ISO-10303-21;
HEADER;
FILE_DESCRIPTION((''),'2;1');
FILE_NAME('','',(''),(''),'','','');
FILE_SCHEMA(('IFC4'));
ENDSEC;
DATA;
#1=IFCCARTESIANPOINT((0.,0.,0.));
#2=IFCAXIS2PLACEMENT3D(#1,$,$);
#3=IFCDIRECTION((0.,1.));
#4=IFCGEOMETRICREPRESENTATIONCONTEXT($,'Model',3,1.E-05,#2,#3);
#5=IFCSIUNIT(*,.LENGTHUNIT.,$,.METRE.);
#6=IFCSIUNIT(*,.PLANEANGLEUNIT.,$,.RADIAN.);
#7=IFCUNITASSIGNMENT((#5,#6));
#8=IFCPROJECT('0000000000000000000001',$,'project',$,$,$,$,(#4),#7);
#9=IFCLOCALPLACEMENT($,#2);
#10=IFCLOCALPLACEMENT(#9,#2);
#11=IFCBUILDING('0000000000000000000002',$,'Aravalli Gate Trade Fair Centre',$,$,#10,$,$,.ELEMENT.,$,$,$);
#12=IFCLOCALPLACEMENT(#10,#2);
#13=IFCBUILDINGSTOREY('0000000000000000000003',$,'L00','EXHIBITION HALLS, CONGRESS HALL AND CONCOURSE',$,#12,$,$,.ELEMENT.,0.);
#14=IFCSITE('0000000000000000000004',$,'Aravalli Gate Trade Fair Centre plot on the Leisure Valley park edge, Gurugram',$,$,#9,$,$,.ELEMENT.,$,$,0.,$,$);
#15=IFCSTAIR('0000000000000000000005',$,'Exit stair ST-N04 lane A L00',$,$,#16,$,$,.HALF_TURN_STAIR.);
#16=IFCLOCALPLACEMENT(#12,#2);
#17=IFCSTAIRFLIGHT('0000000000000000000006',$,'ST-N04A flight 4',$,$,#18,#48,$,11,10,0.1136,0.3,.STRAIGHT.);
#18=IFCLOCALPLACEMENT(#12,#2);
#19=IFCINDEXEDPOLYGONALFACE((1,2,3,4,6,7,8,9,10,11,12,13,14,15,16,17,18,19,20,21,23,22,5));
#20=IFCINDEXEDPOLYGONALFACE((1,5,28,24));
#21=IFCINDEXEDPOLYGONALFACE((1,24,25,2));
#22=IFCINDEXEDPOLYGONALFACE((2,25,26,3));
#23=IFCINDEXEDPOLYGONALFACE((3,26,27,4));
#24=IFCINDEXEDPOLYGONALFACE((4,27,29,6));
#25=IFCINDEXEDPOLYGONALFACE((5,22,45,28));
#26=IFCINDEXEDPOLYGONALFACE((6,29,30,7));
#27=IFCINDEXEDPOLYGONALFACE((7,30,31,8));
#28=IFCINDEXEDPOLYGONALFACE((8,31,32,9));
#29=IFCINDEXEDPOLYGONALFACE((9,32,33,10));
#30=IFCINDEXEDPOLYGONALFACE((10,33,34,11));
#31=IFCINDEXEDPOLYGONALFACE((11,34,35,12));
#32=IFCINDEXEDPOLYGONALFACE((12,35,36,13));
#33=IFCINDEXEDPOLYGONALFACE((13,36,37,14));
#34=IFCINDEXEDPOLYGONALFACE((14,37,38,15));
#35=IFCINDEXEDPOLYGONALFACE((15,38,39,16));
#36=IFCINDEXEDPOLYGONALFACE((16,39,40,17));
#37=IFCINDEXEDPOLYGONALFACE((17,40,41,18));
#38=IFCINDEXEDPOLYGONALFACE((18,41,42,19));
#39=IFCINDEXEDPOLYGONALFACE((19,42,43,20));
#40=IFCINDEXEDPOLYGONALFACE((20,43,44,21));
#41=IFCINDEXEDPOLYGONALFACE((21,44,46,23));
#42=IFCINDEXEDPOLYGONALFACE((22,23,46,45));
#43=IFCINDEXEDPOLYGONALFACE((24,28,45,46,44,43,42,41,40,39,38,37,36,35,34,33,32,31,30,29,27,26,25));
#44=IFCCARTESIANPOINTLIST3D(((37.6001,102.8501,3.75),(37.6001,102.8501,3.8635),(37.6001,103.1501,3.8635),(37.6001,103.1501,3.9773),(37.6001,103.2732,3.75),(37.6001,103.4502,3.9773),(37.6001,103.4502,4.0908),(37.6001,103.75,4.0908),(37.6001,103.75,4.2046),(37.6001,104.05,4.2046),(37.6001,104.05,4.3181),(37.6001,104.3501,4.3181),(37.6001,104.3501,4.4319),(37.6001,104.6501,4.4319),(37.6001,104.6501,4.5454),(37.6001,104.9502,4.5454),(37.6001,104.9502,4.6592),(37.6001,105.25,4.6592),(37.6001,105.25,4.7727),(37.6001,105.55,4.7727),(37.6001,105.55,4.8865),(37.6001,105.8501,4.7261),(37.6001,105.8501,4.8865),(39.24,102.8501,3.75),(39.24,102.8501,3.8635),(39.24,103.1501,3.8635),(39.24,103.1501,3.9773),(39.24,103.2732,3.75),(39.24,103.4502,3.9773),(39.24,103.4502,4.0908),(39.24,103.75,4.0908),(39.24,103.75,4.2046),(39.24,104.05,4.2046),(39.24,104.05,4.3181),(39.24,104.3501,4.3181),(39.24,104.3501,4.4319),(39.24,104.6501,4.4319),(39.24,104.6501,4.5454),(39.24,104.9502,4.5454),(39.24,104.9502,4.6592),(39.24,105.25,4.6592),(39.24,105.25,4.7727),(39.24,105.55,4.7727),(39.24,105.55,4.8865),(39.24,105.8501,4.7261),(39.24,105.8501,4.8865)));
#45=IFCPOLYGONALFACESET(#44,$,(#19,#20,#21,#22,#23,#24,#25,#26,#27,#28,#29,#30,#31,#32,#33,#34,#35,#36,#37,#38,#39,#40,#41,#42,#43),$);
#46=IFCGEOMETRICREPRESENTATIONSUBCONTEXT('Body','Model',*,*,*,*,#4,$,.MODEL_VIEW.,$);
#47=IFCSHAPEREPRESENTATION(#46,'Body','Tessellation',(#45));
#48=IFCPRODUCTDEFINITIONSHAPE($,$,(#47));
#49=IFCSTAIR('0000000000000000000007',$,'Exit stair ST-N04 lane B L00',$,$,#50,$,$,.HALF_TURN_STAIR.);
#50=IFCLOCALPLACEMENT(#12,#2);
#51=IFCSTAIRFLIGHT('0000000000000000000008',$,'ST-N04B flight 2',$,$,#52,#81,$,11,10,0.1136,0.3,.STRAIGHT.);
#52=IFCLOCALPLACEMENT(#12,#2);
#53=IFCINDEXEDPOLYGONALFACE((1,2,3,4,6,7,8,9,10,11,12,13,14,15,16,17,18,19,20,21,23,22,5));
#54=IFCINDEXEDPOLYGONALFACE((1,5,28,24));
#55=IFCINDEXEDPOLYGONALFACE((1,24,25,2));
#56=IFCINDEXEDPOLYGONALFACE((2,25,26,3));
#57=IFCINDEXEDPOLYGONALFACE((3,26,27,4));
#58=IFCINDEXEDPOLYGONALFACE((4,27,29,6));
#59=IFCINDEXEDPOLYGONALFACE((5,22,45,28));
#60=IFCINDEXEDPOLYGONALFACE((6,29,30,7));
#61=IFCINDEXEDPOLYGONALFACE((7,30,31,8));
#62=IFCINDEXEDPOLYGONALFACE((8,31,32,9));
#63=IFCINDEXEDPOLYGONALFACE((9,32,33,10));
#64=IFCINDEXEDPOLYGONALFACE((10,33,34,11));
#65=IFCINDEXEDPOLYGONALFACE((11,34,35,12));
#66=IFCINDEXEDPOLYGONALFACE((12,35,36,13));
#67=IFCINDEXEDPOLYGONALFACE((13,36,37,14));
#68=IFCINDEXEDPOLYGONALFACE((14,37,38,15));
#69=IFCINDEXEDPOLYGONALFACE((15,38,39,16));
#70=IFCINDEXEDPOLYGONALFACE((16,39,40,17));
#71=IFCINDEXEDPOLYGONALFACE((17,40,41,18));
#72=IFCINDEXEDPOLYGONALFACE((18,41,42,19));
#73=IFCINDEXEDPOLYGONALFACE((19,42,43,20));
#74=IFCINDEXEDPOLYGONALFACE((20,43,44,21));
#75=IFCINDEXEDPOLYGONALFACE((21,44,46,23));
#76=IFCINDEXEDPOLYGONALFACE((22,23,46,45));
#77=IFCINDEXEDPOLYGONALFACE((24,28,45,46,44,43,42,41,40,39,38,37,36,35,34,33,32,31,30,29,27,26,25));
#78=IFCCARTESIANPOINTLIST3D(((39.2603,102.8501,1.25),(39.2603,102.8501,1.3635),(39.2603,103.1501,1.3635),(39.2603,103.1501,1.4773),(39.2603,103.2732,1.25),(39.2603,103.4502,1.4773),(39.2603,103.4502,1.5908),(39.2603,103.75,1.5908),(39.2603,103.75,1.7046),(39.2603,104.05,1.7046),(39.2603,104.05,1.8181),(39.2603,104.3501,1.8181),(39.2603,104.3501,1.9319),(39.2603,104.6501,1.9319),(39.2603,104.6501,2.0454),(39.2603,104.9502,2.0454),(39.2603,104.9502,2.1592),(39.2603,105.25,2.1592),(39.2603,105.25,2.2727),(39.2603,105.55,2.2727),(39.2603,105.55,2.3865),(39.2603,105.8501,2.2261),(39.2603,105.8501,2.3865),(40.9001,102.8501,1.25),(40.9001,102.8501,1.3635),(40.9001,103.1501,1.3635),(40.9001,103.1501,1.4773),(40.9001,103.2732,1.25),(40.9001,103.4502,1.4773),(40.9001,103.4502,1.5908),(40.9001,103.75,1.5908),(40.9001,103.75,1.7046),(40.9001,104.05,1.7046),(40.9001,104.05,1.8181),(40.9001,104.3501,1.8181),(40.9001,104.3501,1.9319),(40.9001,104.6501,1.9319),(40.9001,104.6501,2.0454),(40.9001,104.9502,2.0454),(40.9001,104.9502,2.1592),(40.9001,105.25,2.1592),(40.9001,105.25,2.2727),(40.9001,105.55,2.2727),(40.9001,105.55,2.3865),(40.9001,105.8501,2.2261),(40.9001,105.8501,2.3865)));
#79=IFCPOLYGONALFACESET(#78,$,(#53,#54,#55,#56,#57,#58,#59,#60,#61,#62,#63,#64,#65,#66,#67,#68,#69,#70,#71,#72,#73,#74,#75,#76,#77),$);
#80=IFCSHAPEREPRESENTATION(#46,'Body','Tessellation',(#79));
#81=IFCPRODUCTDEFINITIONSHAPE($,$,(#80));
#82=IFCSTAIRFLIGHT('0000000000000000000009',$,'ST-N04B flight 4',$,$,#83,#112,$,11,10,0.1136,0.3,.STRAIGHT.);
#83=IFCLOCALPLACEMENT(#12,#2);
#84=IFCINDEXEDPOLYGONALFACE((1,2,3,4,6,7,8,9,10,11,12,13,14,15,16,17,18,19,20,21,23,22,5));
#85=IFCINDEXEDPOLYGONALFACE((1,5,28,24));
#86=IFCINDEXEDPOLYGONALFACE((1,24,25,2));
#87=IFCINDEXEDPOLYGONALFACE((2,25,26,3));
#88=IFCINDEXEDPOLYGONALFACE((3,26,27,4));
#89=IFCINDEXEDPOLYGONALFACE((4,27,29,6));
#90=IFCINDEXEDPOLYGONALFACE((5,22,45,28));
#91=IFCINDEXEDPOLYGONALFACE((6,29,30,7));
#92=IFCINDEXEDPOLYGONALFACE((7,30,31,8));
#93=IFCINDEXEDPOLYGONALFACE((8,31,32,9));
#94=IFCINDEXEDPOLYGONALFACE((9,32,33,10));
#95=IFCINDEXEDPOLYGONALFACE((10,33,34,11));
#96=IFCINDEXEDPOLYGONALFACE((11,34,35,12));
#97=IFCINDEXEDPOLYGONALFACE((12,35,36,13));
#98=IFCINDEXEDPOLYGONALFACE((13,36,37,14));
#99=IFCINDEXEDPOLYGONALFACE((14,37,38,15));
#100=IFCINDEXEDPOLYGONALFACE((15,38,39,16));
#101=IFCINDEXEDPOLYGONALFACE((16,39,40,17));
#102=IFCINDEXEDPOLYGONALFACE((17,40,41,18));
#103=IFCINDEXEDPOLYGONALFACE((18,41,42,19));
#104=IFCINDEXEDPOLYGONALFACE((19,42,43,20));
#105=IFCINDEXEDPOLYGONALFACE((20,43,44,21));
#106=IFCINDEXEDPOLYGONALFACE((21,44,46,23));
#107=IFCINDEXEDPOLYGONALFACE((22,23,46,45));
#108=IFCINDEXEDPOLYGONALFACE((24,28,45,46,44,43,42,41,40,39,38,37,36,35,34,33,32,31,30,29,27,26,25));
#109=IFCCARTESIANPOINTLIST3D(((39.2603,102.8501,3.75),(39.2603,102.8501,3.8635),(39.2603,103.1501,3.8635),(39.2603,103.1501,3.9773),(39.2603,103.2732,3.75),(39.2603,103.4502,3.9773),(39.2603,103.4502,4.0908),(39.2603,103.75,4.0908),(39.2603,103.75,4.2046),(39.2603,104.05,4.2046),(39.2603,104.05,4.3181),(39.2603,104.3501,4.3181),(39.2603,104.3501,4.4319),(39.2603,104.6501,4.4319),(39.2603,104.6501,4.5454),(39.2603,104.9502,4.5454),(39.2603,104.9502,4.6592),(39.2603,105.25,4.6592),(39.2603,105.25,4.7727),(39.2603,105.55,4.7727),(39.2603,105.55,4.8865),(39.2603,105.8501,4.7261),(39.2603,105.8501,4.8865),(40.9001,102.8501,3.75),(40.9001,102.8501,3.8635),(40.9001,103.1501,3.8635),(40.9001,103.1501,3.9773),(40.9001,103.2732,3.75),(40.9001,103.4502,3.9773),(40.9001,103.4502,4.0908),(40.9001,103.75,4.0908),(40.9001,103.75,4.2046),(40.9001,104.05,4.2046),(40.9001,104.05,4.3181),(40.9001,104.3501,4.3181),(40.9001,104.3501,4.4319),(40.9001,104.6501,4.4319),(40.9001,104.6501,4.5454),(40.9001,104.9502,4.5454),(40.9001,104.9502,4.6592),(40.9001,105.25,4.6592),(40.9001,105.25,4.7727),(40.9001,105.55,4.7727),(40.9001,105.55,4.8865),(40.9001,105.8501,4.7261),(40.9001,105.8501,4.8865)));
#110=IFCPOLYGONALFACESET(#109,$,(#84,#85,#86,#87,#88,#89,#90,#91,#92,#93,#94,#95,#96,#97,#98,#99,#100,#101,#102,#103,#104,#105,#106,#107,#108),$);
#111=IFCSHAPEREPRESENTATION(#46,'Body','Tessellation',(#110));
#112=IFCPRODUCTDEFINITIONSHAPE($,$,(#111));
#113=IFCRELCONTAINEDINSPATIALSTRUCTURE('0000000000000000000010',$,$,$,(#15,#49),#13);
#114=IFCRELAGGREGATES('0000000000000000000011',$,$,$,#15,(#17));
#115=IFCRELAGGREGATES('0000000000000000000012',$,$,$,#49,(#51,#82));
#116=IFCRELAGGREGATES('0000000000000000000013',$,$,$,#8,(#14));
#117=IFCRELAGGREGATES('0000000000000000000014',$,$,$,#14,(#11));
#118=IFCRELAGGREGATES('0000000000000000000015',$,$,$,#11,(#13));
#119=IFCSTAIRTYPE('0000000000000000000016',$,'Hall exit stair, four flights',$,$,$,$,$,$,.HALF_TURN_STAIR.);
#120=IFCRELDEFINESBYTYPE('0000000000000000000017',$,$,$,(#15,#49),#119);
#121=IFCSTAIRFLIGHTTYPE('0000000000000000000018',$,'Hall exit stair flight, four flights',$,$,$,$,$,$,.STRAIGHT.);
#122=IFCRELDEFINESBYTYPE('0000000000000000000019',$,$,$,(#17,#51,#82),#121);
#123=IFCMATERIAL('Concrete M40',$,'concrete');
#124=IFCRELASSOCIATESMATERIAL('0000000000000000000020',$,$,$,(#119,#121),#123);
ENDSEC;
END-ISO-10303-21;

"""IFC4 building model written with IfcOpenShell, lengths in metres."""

from ifc_helpers import new_model, si_unit, direction, frame, origin, place, context, subcontext, project, spatial, polyline, outline, extrude, material, type_object, element, aggregate, save


model = new_model("IFC4")

# Units and contexts
model_context = context("Model", 3, precision=1e-05, world=origin(), true_north=direction((0.0, 1.0)))
body_context = subcontext(model_context, "Body", "Model", "MODEL_VIEW")
ifc_project = project(units=[si_unit("LENGTHUNIT", "METRE"), si_unit("PLANEANGLEUNIT", "RADIAN")], contexts=[model_context])

# Site, building, storey
site_placement = place(None, origin())
site = spatial("IfcSite", under=ifc_project, at=site_placement, Name="Aravalli Gate Trade Fair Centre plot on the Leisure Valley park edge, Gurugram", CompositionType="ELEMENT", RefElevation=0.0)
building_placement = place(site_placement, origin())
building = spatial("IfcBuilding", under=site, at=building_placement, Name="Aravalli Gate Trade Fair Centre", CompositionType="ELEMENT")
storey_placement = place(building_placement, origin())
storey = spatial("IfcBuildingStorey", under=building, at=storey_placement, Name="L00", Description="EXHIBITION HALLS, CONGRESS HALL AND CONCOURSE", CompositionType="ELEMENT", Elevation=0.0)

# Shared definitions
ifc_material_1 = material(Name="Concrete M40", Category="concrete")

# Stairs, stair flights
stair_type_1 = type_object("IfcStairType", Name="Hall exit stair, four flights", PredefinedType="HALF_TURN_STAIR", material=ifc_material_1)
stair_flight_type_1 = type_object("IfcStairFlightType", Name="Hall exit stair flight, four flights", PredefinedType="STRAIGHT", material=ifc_material_1)
stair_1_placement = place(storey_placement, origin())
stair_1 = element("IfcStair", 1, at=stair_1_placement, inside=storey, type_object=stair_type_1, Name="Exit stair ST-N04 lane A L00", PredefinedType="HALF_TURN_STAIR")
stair_flight_1_placement = place(storey_placement, frame((38.4199, 102.8501, 3.75), z_axis=(0.0, 0.0, 1.0), x_axis=(0.0, 1.0, 0.0)))
stair_flight_1 = element("IfcStairFlight", 2, at=stair_flight_1_placement, type_object=stair_flight_type_1, Name="ST-N04A flight 4", NumberOfRisers=11, NumberOfTreads=10, PredefinedType="STRAIGHT", RiserHeight=0.1136, TreadLength=0.3, context=body_context, shape_type="SweptSolid", body=[
    extrude(outline(polyline([(0.0, 0.0), (0.0, 0.1135), (0.3, 0.1135), (0.3, 0.2273), (0.6001, 0.2273), (0.6001, 0.3408), (0.8999, 0.3408), (0.8999, 0.4546), (1.2, 0.4546), (1.2, 0.5681), (1.5, 0.5681), (1.5, 0.6819), (1.8, 0.6819), (1.8, 0.7954), (2.1001, 0.7954), (2.1001, 0.9092), (2.3999, 0.9092), (2.3999, 1.0227), (2.7, 1.0227), (2.7, 1.1365), (3.0, 1.1365), (3.0, 1.25), (3.0, 0.9761), (0.4231, 0.0), (0.0, 0.0)])), frame((0.0, 0.8198, 0.0), z_axis=(0.0, -1.0, 0.0), x_axis=(1.0, 0.0, 0.0)), (0.0, 0.0, 1.0), 1.6399),
])
aggregate(stair_1, [stair_flight_1])
stair_2_placement = place(storey_placement, origin())
stair_2 = element("IfcStair", 3, at=stair_2_placement, inside=storey, type_object=stair_type_1, Name="Exit stair ST-N04 lane B L00", PredefinedType="HALF_TURN_STAIR")
stair_flight_2_placement = place(storey_placement, frame((40.0801, 102.8501, 1.25), z_axis=(0.0, 0.0, 1.0), x_axis=(0.0, 1.0, 0.0)))
stair_flight_2 = element("IfcStairFlight", 4, at=stair_flight_2_placement, type_object=stair_flight_type_1, Name="ST-N04B flight 2", NumberOfRisers=11, NumberOfTreads=10, PredefinedType="STRAIGHT", RiserHeight=0.1136, TreadLength=0.3, context=body_context, shape_type="SweptSolid", body=[
    extrude(outline(polyline([(0.0, 0.0), (0.0, 0.1135), (0.3, 0.1135), (0.3, 0.2273), (0.6001, 0.2273), (0.6001, 0.3408), (0.8999, 0.3408), (0.8999, 0.4546), (1.2, 0.4546), (1.2, 0.5681), (1.5, 0.5681), (1.5, 0.6819), (1.8, 0.6819), (1.8, 0.7954), (2.1001, 0.7954), (2.1001, 0.9092), (2.3999, 0.9092), (2.3999, 1.0227), (2.7, 1.0227), (2.7, 1.1365), (3.0, 1.1365), (3.0, 1.25), (3.0, 0.9761), (0.4231, 0.0), (0.0, 0.0)])), frame((0.0, 0.8198, 0.0), z_axis=(0.0, -1.0, 0.0), x_axis=(1.0, 0.0, 0.0)), (0.0, 0.0, 1.0), 1.6399),
])
stair_flight_3_placement = place(storey_placement, frame((40.0801, 102.8501, 3.75), z_axis=(0.0, 0.0, 1.0), x_axis=(0.0, 1.0, 0.0)))
stair_flight_3 = element("IfcStairFlight", 5, at=stair_flight_3_placement, type_object=stair_flight_type_1, Name="ST-N04B flight 4", NumberOfRisers=11, NumberOfTreads=10, PredefinedType="STRAIGHT", RiserHeight=0.1136, TreadLength=0.3, context=body_context, shape_type="SweptSolid", body=[
    extrude(outline(polyline([(0.0, 0.0), (0.0, 0.1135), (0.3, 0.1135), (0.3, 0.2273), (0.6001, 0.2273), (0.6001, 0.3408), (0.8999, 0.3408), (0.8999, 0.4546), (1.2, 0.4546), (1.2, 0.5681), (1.5, 0.5681), (1.5, 0.6819), (1.8, 0.6819), (1.8, 0.7954), (2.1001, 0.7954), (2.1001, 0.9092), (2.3999, 0.9092), (2.3999, 1.0227), (2.7, 1.0227), (2.7, 1.1365), (3.0, 1.1365), (3.0, 1.25), (3.0, 0.9761), (0.4231, 0.0), (0.0, 0.0)])), frame((0.0, 0.8198, 0.0), z_axis=(0.0, -1.0, 0.0), x_axis=(1.0, 0.0, 0.0)), (0.0, 0.0, 1.0), 1.6399),
])
aggregate(stair_2, [stair_flight_2, stair_flight_3])

save(model, "model.ifc")
